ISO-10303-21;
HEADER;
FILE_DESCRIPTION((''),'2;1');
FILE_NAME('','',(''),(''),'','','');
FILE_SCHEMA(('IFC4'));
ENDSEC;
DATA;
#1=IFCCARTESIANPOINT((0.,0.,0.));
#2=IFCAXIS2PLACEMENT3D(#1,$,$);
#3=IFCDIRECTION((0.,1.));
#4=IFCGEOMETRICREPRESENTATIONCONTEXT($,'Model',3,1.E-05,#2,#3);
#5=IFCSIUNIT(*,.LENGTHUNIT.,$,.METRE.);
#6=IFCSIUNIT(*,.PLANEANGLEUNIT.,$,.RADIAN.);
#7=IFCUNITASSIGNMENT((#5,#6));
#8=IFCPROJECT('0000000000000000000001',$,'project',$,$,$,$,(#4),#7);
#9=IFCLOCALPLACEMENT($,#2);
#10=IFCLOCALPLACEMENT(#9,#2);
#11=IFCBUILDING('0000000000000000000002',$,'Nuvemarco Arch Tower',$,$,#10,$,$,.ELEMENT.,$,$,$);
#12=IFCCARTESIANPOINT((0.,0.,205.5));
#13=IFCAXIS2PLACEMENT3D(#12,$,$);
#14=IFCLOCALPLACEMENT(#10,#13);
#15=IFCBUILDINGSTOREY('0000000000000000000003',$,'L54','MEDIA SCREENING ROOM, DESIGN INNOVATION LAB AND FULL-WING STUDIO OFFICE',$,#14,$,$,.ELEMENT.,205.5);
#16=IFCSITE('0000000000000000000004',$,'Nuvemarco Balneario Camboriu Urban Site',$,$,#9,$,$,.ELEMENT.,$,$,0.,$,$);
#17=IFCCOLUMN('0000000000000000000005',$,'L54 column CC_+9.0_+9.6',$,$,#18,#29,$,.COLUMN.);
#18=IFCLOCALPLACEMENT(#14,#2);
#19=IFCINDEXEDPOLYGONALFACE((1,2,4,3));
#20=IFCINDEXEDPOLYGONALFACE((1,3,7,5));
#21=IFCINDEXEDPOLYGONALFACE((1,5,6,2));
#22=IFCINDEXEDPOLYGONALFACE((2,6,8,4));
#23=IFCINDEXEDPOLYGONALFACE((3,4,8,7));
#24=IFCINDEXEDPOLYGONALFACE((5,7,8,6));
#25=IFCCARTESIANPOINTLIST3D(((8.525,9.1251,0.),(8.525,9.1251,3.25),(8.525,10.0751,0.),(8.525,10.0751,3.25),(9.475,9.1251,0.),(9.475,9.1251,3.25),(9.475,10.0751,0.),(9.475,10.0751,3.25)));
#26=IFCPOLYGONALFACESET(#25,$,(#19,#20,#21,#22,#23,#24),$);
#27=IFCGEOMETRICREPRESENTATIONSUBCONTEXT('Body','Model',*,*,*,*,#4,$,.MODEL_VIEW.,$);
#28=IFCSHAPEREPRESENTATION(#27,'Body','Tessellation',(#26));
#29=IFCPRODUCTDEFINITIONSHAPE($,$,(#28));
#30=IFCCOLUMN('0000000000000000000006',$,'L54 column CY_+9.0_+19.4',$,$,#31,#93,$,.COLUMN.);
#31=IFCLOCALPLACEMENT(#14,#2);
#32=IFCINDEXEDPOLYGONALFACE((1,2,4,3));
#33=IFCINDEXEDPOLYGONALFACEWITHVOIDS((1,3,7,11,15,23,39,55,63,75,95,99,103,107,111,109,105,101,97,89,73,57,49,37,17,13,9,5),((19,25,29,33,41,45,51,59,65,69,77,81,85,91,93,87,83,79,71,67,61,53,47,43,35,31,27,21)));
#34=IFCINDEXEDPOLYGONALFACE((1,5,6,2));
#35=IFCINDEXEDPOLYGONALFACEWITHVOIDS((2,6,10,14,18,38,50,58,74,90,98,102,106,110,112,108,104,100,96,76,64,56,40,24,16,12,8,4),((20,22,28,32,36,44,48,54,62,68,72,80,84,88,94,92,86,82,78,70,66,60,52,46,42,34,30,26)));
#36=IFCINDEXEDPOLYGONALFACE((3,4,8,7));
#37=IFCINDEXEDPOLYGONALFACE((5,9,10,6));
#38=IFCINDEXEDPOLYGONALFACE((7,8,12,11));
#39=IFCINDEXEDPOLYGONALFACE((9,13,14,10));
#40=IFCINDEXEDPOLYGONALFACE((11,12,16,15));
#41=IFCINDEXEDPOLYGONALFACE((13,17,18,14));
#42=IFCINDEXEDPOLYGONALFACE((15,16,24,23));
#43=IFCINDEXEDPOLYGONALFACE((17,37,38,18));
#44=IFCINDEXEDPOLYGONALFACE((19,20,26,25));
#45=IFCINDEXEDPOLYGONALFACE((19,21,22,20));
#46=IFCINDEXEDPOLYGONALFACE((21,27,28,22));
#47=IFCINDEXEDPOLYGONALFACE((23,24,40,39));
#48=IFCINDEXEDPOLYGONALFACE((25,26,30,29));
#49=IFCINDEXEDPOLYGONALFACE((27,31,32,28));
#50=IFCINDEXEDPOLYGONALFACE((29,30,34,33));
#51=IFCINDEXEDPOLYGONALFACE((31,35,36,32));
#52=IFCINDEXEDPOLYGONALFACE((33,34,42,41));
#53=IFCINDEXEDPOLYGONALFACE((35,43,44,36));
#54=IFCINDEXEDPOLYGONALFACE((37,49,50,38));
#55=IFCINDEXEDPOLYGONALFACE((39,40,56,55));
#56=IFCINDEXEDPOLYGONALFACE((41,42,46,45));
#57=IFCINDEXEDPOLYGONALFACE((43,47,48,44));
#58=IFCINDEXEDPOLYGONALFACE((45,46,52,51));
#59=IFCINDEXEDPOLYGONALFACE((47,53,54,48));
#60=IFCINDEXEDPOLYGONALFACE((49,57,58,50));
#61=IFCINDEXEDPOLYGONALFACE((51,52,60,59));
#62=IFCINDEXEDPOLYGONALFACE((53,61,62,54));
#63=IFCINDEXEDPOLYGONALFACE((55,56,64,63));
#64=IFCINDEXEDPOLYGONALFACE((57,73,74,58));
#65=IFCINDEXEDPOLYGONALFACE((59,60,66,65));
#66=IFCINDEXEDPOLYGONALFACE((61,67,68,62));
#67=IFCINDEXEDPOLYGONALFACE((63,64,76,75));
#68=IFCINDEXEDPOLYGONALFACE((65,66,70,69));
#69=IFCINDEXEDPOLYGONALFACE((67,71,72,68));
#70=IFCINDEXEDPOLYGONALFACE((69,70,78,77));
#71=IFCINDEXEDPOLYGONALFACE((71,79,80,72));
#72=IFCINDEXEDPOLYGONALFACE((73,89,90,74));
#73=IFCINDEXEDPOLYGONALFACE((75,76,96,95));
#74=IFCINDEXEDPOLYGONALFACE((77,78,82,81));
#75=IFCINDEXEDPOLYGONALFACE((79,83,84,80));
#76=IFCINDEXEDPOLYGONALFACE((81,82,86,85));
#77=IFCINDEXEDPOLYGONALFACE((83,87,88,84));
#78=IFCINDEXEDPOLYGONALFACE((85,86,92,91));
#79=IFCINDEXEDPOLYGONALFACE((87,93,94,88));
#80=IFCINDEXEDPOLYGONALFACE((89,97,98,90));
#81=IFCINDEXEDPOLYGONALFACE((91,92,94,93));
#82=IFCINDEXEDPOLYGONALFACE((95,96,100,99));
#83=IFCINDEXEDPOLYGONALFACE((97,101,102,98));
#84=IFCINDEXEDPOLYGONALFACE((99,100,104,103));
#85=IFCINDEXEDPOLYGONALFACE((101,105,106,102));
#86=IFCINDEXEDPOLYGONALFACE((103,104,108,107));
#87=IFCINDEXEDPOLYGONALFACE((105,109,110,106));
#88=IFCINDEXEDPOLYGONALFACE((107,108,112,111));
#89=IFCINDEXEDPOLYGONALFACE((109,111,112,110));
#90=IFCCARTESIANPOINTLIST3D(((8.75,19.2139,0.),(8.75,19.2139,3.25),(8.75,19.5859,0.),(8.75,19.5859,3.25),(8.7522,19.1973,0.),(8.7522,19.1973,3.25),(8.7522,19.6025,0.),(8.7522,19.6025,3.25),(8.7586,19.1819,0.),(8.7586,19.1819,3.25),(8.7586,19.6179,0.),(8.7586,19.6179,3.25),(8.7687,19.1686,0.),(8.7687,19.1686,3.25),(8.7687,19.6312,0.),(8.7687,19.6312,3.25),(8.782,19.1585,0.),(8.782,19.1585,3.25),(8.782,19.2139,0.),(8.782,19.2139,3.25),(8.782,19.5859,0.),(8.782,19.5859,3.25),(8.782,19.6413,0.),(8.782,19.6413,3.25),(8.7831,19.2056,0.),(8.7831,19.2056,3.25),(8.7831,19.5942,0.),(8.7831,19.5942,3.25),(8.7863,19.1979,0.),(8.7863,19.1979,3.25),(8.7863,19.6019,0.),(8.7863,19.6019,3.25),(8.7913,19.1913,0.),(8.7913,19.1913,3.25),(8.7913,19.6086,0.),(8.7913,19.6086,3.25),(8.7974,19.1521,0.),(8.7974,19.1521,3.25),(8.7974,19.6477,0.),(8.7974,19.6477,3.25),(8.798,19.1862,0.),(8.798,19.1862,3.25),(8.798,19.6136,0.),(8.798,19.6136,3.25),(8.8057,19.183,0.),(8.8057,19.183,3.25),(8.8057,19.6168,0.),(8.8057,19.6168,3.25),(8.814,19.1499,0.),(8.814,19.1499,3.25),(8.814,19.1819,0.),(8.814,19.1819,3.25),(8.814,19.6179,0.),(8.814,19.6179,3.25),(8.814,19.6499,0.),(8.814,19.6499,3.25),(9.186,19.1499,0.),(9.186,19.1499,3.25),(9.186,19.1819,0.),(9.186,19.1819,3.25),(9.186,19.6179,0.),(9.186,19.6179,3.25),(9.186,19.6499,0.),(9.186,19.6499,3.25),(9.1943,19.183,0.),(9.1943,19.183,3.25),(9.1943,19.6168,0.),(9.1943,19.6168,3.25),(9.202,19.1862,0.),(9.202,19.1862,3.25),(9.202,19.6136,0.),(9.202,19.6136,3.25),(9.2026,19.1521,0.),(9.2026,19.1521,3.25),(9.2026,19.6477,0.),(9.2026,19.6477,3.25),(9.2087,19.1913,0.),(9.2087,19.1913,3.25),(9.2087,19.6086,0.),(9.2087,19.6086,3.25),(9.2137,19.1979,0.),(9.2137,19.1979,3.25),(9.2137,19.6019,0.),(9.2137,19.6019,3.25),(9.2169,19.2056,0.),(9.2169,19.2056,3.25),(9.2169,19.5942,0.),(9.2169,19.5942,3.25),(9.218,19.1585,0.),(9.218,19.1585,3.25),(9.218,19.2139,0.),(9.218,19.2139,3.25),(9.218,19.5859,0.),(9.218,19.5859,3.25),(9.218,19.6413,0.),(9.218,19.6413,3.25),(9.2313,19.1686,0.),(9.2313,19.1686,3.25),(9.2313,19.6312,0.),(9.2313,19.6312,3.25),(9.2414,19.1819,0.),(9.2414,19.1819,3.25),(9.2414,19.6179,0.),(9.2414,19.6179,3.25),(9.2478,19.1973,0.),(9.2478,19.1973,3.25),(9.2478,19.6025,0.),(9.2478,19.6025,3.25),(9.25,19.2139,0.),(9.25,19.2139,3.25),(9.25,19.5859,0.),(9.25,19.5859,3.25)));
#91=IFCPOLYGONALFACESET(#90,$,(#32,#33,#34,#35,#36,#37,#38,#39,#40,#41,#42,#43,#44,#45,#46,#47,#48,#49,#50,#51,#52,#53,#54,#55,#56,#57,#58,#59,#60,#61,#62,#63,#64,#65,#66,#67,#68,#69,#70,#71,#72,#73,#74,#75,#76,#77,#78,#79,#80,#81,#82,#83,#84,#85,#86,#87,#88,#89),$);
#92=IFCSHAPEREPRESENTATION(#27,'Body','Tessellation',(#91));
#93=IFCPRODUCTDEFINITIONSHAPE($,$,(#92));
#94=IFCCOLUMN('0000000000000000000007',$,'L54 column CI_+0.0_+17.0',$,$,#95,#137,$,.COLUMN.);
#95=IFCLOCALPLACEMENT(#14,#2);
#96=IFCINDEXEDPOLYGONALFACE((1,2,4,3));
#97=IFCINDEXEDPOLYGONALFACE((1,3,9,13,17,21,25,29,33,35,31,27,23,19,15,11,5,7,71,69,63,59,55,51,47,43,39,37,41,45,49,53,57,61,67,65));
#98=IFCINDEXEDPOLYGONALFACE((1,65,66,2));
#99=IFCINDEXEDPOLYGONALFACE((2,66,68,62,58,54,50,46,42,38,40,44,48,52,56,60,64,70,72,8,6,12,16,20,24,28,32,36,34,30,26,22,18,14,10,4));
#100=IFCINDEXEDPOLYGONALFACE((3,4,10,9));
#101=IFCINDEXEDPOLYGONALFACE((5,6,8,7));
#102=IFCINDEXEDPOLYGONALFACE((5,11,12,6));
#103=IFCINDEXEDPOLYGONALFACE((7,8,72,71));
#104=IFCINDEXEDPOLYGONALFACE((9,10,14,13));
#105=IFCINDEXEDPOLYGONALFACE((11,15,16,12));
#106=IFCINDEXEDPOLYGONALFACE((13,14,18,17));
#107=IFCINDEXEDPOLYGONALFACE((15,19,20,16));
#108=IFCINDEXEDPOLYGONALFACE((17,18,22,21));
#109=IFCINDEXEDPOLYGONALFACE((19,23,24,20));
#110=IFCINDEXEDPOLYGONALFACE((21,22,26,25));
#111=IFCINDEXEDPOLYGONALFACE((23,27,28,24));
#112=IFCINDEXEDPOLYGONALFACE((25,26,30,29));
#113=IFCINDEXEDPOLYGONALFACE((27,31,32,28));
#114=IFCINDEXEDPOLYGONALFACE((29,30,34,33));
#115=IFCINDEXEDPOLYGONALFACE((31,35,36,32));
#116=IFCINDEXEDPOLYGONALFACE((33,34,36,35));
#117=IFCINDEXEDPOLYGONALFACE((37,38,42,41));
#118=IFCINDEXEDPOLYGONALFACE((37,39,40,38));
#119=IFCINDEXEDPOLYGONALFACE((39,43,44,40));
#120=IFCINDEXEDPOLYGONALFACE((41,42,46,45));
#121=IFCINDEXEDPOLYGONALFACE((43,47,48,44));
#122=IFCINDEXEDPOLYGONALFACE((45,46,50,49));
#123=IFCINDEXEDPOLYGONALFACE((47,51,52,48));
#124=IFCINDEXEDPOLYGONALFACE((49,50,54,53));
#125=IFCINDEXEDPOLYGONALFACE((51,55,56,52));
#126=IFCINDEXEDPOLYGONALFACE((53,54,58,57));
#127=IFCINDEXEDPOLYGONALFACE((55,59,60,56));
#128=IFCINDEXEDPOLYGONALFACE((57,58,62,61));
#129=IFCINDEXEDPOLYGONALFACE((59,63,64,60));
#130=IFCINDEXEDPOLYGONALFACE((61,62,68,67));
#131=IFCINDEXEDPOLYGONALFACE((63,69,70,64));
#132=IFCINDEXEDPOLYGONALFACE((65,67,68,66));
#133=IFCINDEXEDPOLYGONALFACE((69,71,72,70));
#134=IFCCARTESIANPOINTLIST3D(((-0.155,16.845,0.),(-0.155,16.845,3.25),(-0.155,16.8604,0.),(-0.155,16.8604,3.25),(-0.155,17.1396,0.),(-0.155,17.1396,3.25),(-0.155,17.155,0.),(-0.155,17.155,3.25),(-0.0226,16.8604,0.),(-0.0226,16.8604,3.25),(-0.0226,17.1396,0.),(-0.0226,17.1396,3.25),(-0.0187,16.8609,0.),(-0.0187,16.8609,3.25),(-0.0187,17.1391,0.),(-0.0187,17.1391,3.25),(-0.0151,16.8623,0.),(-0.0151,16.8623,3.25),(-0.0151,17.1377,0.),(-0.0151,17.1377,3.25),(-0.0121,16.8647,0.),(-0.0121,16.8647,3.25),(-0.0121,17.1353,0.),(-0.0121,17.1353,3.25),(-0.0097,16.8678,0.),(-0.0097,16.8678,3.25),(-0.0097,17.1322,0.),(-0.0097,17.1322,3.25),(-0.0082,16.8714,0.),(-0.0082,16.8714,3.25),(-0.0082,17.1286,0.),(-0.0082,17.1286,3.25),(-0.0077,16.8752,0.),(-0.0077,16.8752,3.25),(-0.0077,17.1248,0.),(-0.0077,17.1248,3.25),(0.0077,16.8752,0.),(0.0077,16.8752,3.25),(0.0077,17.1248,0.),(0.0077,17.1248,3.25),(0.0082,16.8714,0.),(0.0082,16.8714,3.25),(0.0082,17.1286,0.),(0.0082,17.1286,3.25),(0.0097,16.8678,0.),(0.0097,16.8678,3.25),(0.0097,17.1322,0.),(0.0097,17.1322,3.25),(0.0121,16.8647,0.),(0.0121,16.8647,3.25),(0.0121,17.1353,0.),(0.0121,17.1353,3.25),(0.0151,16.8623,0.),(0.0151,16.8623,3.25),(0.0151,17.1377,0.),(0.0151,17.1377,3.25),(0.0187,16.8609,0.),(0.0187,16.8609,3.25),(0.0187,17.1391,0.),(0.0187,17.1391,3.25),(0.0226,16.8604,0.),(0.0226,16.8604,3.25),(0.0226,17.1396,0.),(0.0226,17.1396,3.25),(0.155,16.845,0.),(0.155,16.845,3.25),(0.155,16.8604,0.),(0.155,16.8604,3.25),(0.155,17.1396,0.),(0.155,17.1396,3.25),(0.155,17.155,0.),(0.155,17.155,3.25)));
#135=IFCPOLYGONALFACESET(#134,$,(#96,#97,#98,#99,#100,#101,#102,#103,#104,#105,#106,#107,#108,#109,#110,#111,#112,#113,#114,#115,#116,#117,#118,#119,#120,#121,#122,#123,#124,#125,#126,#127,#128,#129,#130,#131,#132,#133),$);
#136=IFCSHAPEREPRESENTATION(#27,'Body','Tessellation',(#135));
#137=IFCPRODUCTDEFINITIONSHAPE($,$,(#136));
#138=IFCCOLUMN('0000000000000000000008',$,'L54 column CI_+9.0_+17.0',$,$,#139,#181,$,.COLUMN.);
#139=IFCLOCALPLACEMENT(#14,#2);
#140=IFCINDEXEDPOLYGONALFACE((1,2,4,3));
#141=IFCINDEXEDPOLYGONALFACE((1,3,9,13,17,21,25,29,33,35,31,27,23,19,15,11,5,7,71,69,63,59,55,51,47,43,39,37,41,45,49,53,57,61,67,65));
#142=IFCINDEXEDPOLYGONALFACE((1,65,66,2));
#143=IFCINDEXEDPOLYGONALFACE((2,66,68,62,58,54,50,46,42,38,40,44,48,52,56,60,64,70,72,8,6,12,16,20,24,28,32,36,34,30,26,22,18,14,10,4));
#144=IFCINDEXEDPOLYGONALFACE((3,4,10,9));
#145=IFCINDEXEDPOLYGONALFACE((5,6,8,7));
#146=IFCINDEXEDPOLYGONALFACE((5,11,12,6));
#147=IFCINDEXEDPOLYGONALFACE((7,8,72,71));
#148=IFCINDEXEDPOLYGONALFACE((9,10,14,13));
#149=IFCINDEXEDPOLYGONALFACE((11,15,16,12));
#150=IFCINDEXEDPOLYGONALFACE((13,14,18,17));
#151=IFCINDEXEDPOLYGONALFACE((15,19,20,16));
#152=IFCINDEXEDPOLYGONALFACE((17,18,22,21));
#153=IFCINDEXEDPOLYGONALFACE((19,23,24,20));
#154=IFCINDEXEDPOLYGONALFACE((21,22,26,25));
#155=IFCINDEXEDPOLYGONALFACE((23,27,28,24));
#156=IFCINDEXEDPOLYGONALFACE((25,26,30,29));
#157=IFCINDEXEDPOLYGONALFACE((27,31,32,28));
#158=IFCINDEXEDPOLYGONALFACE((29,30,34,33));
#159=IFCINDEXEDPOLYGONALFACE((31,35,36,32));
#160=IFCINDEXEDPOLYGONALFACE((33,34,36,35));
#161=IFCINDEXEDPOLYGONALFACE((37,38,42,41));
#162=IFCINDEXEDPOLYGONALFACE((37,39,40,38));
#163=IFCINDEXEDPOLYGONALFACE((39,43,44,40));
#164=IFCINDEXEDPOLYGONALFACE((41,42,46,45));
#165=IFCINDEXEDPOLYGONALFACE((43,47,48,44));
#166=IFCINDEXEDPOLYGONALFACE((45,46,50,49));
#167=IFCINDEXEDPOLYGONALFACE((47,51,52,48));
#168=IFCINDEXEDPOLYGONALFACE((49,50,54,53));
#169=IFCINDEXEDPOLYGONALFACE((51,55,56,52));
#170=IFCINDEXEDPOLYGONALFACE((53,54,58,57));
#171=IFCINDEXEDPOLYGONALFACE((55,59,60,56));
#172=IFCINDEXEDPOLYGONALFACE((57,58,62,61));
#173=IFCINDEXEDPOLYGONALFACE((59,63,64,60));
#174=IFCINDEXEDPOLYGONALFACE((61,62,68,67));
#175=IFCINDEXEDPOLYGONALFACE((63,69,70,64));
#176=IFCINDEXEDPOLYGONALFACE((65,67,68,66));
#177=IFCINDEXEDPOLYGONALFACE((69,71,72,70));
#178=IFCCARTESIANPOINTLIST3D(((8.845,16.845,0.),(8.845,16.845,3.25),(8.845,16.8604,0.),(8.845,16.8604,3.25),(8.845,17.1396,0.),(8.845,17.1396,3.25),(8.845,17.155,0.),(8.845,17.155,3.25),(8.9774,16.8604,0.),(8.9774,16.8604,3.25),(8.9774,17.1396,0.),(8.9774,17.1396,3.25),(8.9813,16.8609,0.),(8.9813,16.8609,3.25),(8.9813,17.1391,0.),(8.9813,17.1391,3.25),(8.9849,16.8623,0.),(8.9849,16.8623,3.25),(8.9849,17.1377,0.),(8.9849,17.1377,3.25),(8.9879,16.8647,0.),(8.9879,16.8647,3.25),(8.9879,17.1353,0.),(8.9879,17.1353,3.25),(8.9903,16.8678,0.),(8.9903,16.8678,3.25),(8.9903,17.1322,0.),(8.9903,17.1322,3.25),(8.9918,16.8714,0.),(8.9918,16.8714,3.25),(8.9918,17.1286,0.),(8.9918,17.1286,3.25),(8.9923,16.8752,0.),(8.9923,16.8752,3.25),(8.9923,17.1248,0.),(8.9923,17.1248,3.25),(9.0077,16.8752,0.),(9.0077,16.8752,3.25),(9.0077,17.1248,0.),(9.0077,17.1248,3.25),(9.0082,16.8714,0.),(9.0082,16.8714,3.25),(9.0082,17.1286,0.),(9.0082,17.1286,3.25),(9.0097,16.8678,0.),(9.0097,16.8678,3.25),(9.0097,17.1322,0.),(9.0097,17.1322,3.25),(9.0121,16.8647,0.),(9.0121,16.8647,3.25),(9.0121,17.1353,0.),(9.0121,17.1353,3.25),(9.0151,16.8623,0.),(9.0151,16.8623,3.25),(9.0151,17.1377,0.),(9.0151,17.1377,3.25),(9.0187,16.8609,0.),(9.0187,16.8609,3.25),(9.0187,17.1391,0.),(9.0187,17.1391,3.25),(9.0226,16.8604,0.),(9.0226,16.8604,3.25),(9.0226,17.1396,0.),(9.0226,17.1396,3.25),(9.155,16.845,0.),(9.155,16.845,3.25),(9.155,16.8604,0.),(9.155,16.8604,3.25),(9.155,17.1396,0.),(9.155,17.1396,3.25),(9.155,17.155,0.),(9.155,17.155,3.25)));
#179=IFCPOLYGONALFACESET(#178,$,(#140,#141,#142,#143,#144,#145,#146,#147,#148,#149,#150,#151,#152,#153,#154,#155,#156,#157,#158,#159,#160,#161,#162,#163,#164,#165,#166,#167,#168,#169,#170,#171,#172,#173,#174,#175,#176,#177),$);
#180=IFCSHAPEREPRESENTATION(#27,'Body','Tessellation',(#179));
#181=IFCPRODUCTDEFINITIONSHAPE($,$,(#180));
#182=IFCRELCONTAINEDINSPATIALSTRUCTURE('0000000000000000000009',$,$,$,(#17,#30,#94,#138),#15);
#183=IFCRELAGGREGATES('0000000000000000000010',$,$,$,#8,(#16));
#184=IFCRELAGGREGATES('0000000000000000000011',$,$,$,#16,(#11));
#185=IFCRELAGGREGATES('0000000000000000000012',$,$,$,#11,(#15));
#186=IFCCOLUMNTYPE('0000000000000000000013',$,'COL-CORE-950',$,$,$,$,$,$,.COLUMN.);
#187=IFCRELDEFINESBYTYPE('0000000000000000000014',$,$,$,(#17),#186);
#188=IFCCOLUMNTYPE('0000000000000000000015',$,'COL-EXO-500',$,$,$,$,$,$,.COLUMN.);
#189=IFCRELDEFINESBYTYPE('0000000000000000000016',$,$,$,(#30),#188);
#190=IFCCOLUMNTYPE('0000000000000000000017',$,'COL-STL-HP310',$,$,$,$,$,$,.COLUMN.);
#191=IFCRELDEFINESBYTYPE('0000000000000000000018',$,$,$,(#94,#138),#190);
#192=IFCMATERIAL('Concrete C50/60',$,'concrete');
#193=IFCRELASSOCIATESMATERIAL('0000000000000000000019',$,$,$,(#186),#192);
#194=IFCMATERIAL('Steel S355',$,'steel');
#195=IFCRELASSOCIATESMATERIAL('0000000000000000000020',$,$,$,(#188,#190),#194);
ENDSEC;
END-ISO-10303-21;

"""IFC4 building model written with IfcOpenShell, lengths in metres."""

from ifc_helpers import new_model, si_unit, direction, frame, origin, origin_2d, place, context, subcontext, project, spatial, rectangle, hollow_rectangle, i_section, extrude, material, material_profile, profile_set, type_object, element, save


model = new_model("IFC4")

# Units and contexts
model_context = context("Model", 3, precision=1e-05, world=origin(), true_north=direction((0.0, 1.0)))
body_context = subcontext(model_context, "Body", "Model", "MODEL_VIEW")
ifc_project = project(units=[si_unit("LENGTHUNIT", "METRE"), si_unit("PLANEANGLEUNIT", "RADIAN")], contexts=[model_context])

# Site, building, storey
site_placement = place(None, origin())
site = spatial("IfcSite", under=ifc_project, at=site_placement, Name="Nuvemarco Balneario Camboriu Urban Site", CompositionType="ELEMENT", RefElevation=0.0)
building_placement = place(site_placement, origin())
building = spatial("IfcBuilding", under=site, at=building_placement, Name="Nuvemarco Arch Tower", CompositionType="ELEMENT")
storey_placement = place(building_placement, frame((0.0, 0.0, 205.5)))
storey = spatial("IfcBuildingStorey", under=building, at=storey_placement, Name="L54", Description="MEDIA SCREENING ROOM, DESIGN INNOVATION LAB AND FULL-WING STUDIO OFFICE", CompositionType="ELEMENT", Elevation=205.5)

# Columns
ifc_material_1 = material(Name="Concrete C50/60", Category="concrete")
ifc_material_profile_1 = material_profile(ifc_material_1, rectangle(XDim=0.95, YDim=0.95, at=origin_2d()), Name="RC-COL-950x950")
ifc_profile_set_1 = profile_set([ifc_material_profile_1], Name="Concrete C50/60")
column_type_1 = type_object("IfcColumnType", Name="COL-CORE-950", PredefinedType="COLUMN", material=ifc_profile_set_1)
column_1_placement = place(storey_placement, frame((9.0, 9.6001, 0.0), z_axis=(0.0, 0.0, 1.0), x_axis=(1.0, 0.0, 0.0)))
element("IfcColumn", 1, at=column_1_placement, inside=storey, type_object=column_type_1, Name="L54 column CC_+9.0_+9.6", PredefinedType="COLUMN", context=body_context, shape_type="SweptSolid", body=[
    extrude(rectangle(XDim=0.95, YDim=0.95, at=origin_2d()), origin(), (0.0, 0.0, 1.0), 3.25),
])
ifc_material_2 = material(Name="Steel S355", Category="steel")
ifc_material_profile_2 = material_profile(ifc_material_2, hollow_rectangle(XDim=0.5, YDim=0.5, WallThickness=0.032, InnerFilletRadius=0.032, OuterFilletRadius=0.064, at=origin_2d()), Name="SHS500x500x32")
ifc_profile_set_2 = profile_set([ifc_material_profile_2], Name="Steel S355")
column_type_2 = type_object("IfcColumnType", Name="COL-EXO-500", PredefinedType="COLUMN", material=ifc_profile_set_2)
column_2_placement = place(storey_placement, frame((9.0, 19.3999, 0.0), z_axis=(0.0, 0.0, 1.0), x_axis=(1.0, 0.0, 0.0)))
element("IfcColumn", 2, at=column_2_placement, inside=storey, type_object=column_type_2, Name="L54 column CY_+9.0_+19.4", PredefinedType="COLUMN", context=body_context, shape_type="SweptSolid", body=[
    extrude(hollow_rectangle(XDim=0.5, YDim=0.5, WallThickness=0.032, InnerFilletRadius=0.032, OuterFilletRadius=0.064, at=origin_2d()), origin(), (0.0, 0.0, 1.0), 3.25),
])
ifc_material_profile_3 = material_profile(ifc_material_2, i_section(OverallWidth=0.3101, OverallDepth=0.3101, WebThickness=0.0154, FlangeThickness=0.0154, FilletRadius=0.0149, at=origin_2d()), Name="HP310x110")
ifc_profile_set_3 = profile_set([ifc_material_profile_3], Name="Steel S355")
column_type_3 = type_object("IfcColumnType", Name="COL-STL-HP310", PredefinedType="COLUMN", material=ifc_profile_set_3)
for number, where, z_axis, x_axis, name in (
    (3, (0.0, 17.0, 0.0), (0.0, 0.0, 1.0), (1.0, 0.0, 0.0), "L54 column CI_+0.0_+17.0"),
    (4, (9.0, 17.0, 0.0), (0.0, 0.0, 1.0), (1.0, 0.0, 0.0), "L54 column CI_+9.0_+17.0"),
):
    element("IfcColumn", number, at=place(storey_placement, frame(where, z_axis=z_axis, x_axis=x_axis)), inside=storey, type_object=column_type_3, Name=name, PredefinedType="COLUMN", context=body_context, shape_type="SweptSolid", body=[
        extrude(i_section(OverallWidth=0.3101, OverallDepth=0.3101, WebThickness=0.0154, FlangeThickness=0.0154, FilletRadius=0.0149, at=origin_2d()), origin(), (0.0, 0.0, 1.0), 3.25),
    ])

save(model, "model.ifc")
